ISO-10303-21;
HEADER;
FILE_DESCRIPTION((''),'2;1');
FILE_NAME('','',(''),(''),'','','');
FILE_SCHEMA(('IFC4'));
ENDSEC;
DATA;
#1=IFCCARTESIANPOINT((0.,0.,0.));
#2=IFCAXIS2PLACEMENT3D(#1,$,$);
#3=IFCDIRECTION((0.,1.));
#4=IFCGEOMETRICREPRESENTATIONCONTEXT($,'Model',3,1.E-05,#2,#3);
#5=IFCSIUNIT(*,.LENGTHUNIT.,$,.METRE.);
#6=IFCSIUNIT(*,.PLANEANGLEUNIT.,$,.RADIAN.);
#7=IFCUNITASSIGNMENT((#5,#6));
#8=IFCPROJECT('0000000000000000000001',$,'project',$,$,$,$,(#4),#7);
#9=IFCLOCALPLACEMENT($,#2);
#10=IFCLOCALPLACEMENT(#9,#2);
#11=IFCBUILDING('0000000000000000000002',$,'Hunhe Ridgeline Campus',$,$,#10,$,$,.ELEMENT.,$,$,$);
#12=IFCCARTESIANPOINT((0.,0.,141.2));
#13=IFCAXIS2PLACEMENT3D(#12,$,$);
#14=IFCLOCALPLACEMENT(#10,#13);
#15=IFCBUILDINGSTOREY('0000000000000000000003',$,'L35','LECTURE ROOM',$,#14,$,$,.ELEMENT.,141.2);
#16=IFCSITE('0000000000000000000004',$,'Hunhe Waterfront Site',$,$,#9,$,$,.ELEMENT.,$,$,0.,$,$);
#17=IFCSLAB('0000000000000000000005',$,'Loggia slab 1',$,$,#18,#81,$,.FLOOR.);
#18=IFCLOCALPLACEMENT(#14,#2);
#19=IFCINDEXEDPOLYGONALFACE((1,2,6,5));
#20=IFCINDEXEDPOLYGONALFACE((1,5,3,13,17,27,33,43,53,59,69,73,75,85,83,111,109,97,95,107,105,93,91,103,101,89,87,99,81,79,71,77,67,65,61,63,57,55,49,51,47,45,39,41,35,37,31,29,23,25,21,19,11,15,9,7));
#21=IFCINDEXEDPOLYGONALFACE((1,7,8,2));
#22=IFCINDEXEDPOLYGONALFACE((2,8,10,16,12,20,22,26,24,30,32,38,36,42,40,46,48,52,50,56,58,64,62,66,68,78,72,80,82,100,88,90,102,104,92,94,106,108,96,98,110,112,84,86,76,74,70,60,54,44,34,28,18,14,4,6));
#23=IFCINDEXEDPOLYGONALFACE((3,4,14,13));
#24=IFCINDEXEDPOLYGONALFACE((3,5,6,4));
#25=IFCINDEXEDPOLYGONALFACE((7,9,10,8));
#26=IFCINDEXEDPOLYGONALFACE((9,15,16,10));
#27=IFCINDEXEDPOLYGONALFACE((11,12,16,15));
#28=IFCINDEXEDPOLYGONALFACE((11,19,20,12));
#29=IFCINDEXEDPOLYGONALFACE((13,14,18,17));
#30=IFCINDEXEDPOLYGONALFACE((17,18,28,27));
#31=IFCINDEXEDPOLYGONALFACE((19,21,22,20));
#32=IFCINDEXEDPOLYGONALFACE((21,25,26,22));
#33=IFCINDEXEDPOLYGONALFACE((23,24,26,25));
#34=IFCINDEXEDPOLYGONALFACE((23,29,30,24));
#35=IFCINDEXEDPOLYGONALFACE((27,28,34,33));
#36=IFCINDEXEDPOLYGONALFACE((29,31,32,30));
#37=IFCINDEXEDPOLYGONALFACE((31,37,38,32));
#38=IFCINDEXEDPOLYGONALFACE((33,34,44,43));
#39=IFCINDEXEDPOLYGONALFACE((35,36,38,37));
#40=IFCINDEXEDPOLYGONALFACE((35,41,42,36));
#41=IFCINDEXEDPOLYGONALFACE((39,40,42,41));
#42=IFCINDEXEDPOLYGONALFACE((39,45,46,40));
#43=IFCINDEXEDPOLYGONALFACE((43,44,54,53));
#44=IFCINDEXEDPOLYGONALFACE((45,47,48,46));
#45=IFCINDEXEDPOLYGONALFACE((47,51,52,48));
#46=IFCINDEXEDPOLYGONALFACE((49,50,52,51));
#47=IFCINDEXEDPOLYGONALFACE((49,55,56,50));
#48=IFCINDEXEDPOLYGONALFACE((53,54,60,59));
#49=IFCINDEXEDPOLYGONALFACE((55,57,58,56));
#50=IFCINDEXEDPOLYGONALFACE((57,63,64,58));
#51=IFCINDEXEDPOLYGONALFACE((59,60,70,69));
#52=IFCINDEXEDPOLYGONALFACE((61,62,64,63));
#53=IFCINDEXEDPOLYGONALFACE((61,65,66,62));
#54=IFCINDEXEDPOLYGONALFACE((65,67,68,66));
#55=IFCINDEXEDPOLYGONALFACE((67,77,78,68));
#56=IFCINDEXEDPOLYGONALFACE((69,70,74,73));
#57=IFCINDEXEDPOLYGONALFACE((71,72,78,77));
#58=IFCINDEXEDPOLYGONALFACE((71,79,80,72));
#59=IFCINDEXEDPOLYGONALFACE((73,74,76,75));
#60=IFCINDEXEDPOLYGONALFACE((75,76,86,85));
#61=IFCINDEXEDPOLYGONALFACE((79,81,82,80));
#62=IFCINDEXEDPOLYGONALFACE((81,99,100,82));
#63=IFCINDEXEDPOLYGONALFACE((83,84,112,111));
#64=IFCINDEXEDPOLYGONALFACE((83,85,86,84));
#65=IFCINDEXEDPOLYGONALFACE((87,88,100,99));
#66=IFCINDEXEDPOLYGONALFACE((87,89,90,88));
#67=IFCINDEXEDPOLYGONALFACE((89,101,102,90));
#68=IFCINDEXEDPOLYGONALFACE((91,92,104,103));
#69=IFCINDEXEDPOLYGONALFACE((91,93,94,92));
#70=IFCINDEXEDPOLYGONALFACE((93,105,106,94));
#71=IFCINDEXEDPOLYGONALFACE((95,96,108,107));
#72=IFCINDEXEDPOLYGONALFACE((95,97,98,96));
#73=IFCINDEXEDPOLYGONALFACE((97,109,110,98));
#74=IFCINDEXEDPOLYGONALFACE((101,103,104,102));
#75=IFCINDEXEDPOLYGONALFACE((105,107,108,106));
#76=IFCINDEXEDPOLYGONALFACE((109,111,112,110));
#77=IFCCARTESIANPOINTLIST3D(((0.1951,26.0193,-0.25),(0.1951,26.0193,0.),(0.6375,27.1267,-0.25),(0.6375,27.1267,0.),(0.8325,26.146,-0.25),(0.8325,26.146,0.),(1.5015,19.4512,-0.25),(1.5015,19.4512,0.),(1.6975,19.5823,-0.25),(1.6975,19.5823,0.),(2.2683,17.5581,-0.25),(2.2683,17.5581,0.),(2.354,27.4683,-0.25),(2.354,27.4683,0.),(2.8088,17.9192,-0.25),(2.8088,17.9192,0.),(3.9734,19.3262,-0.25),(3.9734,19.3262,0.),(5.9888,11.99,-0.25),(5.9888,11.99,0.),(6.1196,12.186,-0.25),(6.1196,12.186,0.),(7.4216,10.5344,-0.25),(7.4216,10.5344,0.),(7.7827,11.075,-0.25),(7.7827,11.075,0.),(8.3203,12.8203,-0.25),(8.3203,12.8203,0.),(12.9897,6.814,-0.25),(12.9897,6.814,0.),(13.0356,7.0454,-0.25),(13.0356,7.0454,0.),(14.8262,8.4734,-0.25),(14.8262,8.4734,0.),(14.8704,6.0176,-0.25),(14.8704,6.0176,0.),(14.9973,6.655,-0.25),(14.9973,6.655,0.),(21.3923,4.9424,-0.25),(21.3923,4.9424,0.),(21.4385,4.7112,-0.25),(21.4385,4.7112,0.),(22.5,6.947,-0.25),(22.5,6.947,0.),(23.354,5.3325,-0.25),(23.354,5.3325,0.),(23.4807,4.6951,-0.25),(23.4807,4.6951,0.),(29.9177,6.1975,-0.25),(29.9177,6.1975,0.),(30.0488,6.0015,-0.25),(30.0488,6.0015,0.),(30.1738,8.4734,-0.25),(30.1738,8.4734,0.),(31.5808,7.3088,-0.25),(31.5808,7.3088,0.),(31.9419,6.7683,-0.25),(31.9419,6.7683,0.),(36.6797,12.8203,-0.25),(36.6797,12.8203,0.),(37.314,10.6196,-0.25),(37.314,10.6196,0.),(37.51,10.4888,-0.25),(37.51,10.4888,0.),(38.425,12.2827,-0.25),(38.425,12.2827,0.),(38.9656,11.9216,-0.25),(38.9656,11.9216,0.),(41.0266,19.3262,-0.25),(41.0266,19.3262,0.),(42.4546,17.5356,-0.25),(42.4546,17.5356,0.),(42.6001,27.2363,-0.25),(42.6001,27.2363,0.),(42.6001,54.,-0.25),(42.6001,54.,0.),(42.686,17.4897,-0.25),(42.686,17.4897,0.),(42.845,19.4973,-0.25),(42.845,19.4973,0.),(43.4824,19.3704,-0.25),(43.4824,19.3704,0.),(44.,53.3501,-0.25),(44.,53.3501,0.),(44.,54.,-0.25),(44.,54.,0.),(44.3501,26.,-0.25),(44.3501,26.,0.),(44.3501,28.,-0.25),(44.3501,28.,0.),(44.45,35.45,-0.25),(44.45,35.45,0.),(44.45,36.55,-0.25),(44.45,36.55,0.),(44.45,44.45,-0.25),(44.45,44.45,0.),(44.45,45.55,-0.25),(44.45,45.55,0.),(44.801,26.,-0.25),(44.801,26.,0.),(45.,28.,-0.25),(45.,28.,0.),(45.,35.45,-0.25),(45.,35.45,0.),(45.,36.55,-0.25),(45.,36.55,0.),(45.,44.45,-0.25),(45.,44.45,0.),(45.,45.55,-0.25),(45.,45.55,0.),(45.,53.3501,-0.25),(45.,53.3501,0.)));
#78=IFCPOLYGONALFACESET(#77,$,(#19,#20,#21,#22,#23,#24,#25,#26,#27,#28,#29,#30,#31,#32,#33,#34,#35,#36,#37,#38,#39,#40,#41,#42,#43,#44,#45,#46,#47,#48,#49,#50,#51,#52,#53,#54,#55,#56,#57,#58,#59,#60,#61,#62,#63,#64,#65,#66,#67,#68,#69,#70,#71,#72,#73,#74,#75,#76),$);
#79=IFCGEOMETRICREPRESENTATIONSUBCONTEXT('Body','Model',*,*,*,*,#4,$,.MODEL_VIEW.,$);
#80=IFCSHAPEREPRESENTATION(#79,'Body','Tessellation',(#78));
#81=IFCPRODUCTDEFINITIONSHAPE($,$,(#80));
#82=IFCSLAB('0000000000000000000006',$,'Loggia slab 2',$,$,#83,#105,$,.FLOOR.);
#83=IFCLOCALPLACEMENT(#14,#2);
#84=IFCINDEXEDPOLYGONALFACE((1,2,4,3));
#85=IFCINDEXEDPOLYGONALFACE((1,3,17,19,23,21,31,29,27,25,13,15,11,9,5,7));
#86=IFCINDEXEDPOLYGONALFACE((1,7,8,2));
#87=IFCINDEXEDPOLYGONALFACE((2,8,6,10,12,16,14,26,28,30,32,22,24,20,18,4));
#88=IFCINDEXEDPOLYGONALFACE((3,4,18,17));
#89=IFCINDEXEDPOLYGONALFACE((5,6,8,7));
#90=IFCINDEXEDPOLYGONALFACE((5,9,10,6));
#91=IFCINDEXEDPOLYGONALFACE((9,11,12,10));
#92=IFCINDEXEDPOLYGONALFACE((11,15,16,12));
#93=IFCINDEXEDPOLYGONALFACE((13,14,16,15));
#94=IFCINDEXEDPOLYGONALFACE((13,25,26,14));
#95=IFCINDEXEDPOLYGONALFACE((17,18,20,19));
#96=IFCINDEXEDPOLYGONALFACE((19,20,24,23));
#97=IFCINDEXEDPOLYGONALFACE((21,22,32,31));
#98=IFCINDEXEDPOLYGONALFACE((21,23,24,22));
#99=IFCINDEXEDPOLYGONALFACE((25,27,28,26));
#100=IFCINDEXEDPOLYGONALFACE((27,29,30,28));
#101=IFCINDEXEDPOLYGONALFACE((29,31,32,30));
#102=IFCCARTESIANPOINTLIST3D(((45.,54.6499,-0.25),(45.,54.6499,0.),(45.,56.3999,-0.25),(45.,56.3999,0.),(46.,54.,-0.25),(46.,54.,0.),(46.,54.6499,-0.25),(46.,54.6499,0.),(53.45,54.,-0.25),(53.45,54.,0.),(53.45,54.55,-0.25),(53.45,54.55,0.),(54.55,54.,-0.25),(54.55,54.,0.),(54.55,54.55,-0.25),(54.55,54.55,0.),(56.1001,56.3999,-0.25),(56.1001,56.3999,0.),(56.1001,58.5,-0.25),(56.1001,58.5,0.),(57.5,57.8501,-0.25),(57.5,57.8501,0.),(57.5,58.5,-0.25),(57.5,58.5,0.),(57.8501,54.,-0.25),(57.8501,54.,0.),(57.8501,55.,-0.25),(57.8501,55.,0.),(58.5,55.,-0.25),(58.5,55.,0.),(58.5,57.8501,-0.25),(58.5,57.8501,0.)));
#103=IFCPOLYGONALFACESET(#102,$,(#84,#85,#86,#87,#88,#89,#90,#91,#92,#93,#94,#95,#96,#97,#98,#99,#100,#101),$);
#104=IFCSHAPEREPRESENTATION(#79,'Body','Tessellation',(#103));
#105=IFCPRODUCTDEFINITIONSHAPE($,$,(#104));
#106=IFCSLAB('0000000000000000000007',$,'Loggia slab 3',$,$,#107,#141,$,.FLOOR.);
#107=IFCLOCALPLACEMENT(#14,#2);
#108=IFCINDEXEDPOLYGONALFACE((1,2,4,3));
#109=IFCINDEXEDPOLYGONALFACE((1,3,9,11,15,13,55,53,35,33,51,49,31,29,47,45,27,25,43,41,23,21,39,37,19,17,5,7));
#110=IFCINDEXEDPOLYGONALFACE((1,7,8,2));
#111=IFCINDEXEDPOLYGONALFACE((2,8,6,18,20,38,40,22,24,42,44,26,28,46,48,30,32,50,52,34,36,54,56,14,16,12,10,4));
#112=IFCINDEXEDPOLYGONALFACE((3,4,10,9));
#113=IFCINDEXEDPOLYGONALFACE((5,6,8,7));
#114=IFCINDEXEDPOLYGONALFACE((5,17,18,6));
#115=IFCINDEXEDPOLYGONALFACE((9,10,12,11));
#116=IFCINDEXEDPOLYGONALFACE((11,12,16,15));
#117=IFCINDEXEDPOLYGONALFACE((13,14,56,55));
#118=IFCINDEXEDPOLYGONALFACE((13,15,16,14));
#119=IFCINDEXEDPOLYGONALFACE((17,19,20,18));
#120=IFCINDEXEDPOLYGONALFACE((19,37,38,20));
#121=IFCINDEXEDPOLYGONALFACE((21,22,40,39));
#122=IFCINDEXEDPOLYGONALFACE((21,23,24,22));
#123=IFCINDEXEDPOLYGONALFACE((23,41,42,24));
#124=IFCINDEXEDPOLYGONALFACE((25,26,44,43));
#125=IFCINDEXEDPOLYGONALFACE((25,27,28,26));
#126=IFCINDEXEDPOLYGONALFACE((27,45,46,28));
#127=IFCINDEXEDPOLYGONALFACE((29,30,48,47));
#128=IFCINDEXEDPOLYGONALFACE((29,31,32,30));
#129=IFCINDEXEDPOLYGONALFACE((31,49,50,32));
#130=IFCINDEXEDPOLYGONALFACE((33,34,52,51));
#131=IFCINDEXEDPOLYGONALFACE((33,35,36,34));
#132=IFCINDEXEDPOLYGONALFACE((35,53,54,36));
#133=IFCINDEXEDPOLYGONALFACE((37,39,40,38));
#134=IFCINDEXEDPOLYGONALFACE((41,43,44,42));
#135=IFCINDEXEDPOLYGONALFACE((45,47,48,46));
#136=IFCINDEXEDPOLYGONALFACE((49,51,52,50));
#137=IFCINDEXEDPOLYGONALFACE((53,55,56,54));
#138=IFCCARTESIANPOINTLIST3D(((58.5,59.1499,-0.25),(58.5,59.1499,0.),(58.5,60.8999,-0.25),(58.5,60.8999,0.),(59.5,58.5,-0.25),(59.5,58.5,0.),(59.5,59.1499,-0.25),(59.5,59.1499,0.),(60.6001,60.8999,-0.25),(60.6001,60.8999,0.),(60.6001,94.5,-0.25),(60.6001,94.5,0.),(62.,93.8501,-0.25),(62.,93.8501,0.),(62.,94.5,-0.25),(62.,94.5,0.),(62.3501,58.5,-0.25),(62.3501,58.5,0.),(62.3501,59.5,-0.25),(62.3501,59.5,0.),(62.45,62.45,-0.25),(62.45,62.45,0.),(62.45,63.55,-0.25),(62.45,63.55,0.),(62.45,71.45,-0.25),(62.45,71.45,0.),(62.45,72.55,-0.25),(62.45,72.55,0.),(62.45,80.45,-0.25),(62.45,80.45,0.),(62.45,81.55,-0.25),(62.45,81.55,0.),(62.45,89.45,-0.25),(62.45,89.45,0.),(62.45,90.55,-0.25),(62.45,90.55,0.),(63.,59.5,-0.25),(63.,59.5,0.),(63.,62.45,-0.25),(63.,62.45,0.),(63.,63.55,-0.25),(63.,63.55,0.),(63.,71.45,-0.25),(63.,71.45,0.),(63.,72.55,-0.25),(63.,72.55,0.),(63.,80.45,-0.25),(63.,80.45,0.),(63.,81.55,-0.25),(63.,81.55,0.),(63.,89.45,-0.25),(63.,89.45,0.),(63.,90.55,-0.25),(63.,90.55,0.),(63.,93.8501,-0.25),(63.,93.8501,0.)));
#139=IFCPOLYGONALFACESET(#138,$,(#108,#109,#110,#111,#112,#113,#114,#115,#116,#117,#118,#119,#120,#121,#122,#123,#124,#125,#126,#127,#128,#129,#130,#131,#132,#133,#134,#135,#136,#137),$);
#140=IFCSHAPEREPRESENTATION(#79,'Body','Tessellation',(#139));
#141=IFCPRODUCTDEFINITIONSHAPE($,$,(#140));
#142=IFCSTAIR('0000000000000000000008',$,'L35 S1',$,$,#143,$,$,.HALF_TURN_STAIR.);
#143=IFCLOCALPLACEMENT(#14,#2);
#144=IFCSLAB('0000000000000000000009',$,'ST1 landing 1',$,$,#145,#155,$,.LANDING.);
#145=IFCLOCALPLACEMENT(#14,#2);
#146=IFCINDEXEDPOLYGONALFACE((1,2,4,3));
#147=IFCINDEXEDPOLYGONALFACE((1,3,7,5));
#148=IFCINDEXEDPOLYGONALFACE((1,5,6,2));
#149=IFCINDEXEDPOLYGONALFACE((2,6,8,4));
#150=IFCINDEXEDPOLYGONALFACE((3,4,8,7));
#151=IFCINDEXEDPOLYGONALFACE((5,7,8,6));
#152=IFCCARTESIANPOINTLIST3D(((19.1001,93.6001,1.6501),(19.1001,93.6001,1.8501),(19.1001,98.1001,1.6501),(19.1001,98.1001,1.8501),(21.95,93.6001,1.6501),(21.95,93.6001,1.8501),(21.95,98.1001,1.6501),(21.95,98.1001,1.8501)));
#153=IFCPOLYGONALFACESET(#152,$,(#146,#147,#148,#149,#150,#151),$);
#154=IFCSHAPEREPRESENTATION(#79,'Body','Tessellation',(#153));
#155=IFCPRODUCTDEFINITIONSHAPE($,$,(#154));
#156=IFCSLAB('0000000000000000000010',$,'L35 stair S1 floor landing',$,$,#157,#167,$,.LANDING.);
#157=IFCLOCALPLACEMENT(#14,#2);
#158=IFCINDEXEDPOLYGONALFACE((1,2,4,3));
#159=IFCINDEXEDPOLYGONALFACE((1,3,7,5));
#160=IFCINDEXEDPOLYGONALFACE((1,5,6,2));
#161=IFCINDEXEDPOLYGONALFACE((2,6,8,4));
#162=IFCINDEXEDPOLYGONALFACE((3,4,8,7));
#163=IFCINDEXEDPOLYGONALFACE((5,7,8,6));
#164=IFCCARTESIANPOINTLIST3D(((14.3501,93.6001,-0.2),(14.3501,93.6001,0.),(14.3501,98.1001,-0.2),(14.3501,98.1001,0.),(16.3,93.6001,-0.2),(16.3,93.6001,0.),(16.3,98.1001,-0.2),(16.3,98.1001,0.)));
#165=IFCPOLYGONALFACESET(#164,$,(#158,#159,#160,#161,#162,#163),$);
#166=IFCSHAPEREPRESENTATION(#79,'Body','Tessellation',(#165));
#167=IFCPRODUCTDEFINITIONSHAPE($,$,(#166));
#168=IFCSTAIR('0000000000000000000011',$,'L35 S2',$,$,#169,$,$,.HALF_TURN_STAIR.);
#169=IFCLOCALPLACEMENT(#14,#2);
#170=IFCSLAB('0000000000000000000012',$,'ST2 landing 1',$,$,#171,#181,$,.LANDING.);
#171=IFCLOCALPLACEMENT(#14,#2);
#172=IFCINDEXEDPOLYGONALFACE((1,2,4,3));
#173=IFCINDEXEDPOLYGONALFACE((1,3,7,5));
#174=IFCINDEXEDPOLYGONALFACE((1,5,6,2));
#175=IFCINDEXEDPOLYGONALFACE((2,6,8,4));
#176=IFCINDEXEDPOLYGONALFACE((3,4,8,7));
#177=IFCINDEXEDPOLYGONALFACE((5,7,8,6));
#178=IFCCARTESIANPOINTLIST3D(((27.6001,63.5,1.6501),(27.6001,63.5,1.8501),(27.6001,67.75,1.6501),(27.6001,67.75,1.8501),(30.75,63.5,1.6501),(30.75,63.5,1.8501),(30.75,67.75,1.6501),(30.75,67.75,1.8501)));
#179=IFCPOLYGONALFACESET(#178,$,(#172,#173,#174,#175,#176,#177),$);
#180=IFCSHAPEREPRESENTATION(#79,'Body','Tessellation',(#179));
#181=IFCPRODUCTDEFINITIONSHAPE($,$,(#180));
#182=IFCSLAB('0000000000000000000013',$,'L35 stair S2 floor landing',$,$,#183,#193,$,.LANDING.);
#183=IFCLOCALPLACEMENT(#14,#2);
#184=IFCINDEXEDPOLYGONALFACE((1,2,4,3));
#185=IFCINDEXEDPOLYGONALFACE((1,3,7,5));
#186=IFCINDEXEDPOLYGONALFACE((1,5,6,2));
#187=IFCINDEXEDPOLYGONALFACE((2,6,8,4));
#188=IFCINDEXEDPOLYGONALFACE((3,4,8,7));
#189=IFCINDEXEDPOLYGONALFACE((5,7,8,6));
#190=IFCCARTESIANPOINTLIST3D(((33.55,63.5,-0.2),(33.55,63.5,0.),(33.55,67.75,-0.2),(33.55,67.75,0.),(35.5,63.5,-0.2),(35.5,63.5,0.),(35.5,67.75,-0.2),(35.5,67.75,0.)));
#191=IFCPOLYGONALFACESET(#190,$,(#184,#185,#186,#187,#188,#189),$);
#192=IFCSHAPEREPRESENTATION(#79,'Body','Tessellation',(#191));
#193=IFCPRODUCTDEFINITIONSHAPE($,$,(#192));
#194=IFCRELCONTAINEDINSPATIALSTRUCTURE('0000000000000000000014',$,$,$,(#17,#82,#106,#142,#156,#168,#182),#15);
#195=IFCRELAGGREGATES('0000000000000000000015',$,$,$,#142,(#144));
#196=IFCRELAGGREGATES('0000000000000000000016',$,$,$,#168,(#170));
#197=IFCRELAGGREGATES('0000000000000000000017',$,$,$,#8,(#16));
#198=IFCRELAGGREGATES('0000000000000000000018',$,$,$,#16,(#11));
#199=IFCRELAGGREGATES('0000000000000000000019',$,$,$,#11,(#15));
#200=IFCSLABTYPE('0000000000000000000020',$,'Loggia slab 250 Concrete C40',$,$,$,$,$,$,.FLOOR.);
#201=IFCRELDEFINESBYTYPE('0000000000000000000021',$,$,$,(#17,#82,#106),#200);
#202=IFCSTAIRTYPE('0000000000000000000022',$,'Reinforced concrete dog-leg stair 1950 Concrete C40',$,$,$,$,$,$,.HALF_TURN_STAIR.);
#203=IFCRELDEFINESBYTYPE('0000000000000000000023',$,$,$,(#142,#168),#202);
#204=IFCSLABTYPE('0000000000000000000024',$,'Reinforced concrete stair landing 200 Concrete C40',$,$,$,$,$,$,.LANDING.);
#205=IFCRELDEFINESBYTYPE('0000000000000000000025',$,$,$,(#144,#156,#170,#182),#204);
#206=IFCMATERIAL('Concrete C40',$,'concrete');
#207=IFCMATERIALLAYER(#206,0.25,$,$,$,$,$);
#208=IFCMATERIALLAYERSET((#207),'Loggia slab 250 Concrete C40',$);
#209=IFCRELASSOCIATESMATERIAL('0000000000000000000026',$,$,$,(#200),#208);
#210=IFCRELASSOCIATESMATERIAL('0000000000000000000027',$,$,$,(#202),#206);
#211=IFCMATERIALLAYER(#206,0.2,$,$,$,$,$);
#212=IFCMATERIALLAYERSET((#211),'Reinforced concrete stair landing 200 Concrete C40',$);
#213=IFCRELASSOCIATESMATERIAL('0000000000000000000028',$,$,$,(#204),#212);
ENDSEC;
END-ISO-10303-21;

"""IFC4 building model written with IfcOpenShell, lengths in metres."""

from ifc_helpers import new_model, si_unit, direction, frame, origin, place, context, subcontext, project, spatial, polyline, outline, extrude, material, layer, layer_set, type_object, element, aggregate, save


model = new_model("IFC4")

# Units and contexts
model_context = context("Model", 3, precision=1e-05, world=origin(), true_north=direction((0.0, 1.0)))
body_context = subcontext(model_context, "Body", "Model", "MODEL_VIEW")
ifc_project = project(units=[si_unit("LENGTHUNIT", "METRE"), si_unit("PLANEANGLEUNIT", "RADIAN")], contexts=[model_context])

# Site, building, storey
site_placement = place(None, origin())
site = spatial("IfcSite", under=ifc_project, at=site_placement, Name="Hunhe Waterfront Site", CompositionType="ELEMENT", RefElevation=0.0)
building_placement = place(site_placement, origin())
building = spatial("IfcBuilding", under=site, at=building_placement, Name="Hunhe Ridgeline Campus", CompositionType="ELEMENT")
storey_placement = place(building_placement, frame((0.0, 0.0, 141.2)))
storey = spatial("IfcBuildingStorey", under=building, at=storey_placement, Name="L35", Description="LECTURE ROOM", CompositionType="ELEMENT", Elevation=141.2)

# Slabs
ifc_material_1 = material(Name="Concrete C40", Category="concrete")
ifc_layer_1 = layer(ifc_material_1, 0.25)
ifc_layer_set_1 = layer_set([ifc_layer_1], Name="Loggia slab 250 Concrete C40")
slab_type_1 = type_object("IfcSlabType", Name="Loggia slab 250 Concrete C40", PredefinedType="FLOOR", material=ifc_layer_set_1)
slab_1_placement = place(storey_placement, frame((0.0, 0.0, -0.25)))
element("IfcSlab", 1, at=slab_1_placement, inside=storey, type_object=slab_type_1, Name="Loggia slab 1", PredefinedType="FLOOR", context=body_context, shape_type="SweptSolid", body=[
    extrude(outline(polyline([(30.1738, 8.4734), (22.5, 6.947), (14.8262, 8.4734), (8.3203, 12.8203), (3.9734, 19.3262), (2.354, 27.4683), (0.6375, 27.1267), (0.8325, 26.146), (0.1951, 26.0193), (1.5015, 19.4512), (1.6975, 19.5823), (2.8088, 17.9192), (2.2683, 17.5581), (5.9888, 11.99), (6.1196, 12.186), (7.7827, 11.075), (7.4216, 10.5344), (12.9897, 6.814), (13.0356, 7.0454), (14.9973, 6.655), (14.8704, 6.0176), (21.4385, 4.7112), (21.3923, 4.9424), (23.354, 5.3325), (23.4807, 4.6951), (30.0488, 6.0015), (29.9177, 6.1975), (31.5808, 7.3088), (31.9419, 6.7683), (37.51, 10.4888), (37.314, 10.6196), (38.425, 12.2827), (38.9656, 11.9216), (42.686, 17.4897), (42.4546, 17.5356), (42.845, 19.4973), (43.4824, 19.3704), (44.801, 26.0), (44.3501, 26.0), (44.3501, 28.0), (45.0, 28.0), (45.0, 35.45), (44.45, 35.45), (44.45, 36.55), (45.0, 36.55), (45.0, 44.45), (44.45, 44.45), (44.45, 45.55), (45.0, 45.55), (45.0, 53.3501), (44.0, 53.3501), (44.0, 54.0), (42.6001, 54.0), (42.6001, 27.2363), (41.0266, 19.3262), (36.6797, 12.8203), (30.1738, 8.4734)])), origin(), (0.0, 0.0, 1.0), 0.25),
])
slab_2_placement = place(storey_placement, frame((0.0, 0.0, -0.25)))
element("IfcSlab", 2, at=slab_2_placement, inside=storey, type_object=slab_type_1, Name="Loggia slab 2", PredefinedType="FLOOR", context=body_context, shape_type="SweptSolid", body=[
    extrude(outline(polyline([(45.0, 54.6499), (46.0, 54.6499), (46.0, 54.0), (53.45, 54.0), (53.45, 54.55), (54.55, 54.55), (54.55, 54.0), (57.8501, 54.0), (57.8501, 55.0), (58.5, 55.0), (58.5, 57.8501), (57.5, 57.8501), (57.5, 58.5), (56.1001, 58.5), (56.1001, 56.3999), (45.0, 56.3999), (45.0, 54.6499)])), origin(), (0.0, 0.0, 1.0), 0.25),
])
slab_3_placement = place(storey_placement, frame((0.0, 0.0, -0.25)))
element("IfcSlab", 3, at=slab_3_placement, inside=storey, type_object=slab_type_1, Name="Loggia slab 3", PredefinedType="FLOOR", context=body_context, shape_type="SweptSolid", body=[
    extrude(outline(polyline([(58.5, 59.1499), (59.5, 59.1499), (59.5, 58.5), (62.3501, 58.5), (62.3501, 59.5), (63.0, 59.5), (63.0, 62.45), (62.45, 62.45), (62.45, 63.55), (63.0, 63.55), (63.0, 71.45), (62.45, 71.45), (62.45, 72.55), (63.0, 72.55), (63.0, 80.45), (62.45, 80.45), (62.45, 81.55), (63.0, 81.55), (63.0, 89.45), (62.45, 89.45), (62.45, 90.55), (63.0, 90.55), (63.0, 93.8501), (62.0, 93.8501), (62.0, 94.5), (60.6001, 94.5), (60.6001, 60.8999), (58.5, 60.8999), (58.5, 59.1499)])), origin(), (0.0, 0.0, 1.0), 0.25),
])

# Stair, slab
stair_type = type_object("IfcStairType", Name="Reinforced concrete dog-leg stair 1950 Concrete C40", PredefinedType="HALF_TURN_STAIR", material=ifc_material_1)
stair_1_placement = place(storey_placement, origin())
stair_1 = element("IfcStair", 4, at=stair_1_placement, inside=storey, type_object=stair_type, Name="L35 S1", PredefinedType="HALF_TURN_STAIR")
ifc_layer_2 = layer(ifc_material_1, 0.2)
ifc_layer_set_2 = layer_set([ifc_layer_2], Name="Reinforced concrete stair landing 200 Concrete C40")
slab_type_2 = type_object("IfcSlabType", Name="Reinforced concrete stair landing 200 Concrete C40", PredefinedType="LANDING", material=ifc_layer_set_2)
slab_4_placement = place(storey_placement, frame((0.0, 0.0, 1.6501)))
slab_4 = element("IfcSlab", 5, at=slab_4_placement, type_object=slab_type_2, Name="ST1 landing 1", PredefinedType="LANDING", context=body_context, shape_type="SweptSolid", body=[
    extrude(outline(polyline([(19.1001, 93.6001), (21.95, 93.6001), (21.95, 98.1001), (19.1001, 98.1001), (19.1001, 93.6001)])), origin(), (0.0, 0.0, 1.0), 0.2),
])
aggregate(stair_1, [slab_4])

# Slab
slab_5_placement = place(storey_placement, frame((0.0, 0.0, -0.2)))
element("IfcSlab", 6, at=slab_5_placement, inside=storey, type_object=slab_type_2, Name="L35 stair S1 floor landing", PredefinedType="LANDING", context=body_context, shape_type="SweptSolid", body=[
    extrude(outline(polyline([(14.3501, 93.6001), (16.3, 93.6001), (16.3, 98.1001), (14.3501, 98.1001), (14.3501, 93.6001)])), origin(), (0.0, 0.0, 1.0), 0.2),
])

# Stair, slab
stair_2_placement = place(storey_placement, origin())
stair_2 = element("IfcStair", 7, at=stair_2_placement, inside=storey, type_object=stair_type, Name="L35 S2", PredefinedType="HALF_TURN_STAIR")
slab_6_placement = place(storey_placement, frame((0.0, 0.0, 1.6501)))
slab_6 = element("IfcSlab", 8, at=slab_6_placement, type_object=slab_type_2, Name="ST2 landing 1", PredefinedType="LANDING", context=body_context, shape_type="SweptSolid", body=[
    extrude(outline(polyline([(30.75, 67.75), (27.6001, 67.75), (27.6001, 63.5), (30.75, 63.5), (30.75, 67.75)])), origin(), (0.0, 0.0, 1.0), 0.2),
])
aggregate(stair_2, [slab_6])

# Slab
slab_7_placement = place(storey_placement, frame((0.0, 0.0, -0.2)))
element("IfcSlab", 9, at=slab_7_placement, inside=storey, type_object=slab_type_2, Name="L35 stair S2 floor landing", PredefinedType="LANDING", context=body_context, shape_type="SweptSolid", body=[
    extrude(outline(polyline([(35.5, 67.75), (33.55, 67.75), (33.55, 63.5), (35.5, 63.5), (35.5, 67.75)])), origin(), (0.0, 0.0, 1.0), 0.2),
])

save(model, "model.ifc")
